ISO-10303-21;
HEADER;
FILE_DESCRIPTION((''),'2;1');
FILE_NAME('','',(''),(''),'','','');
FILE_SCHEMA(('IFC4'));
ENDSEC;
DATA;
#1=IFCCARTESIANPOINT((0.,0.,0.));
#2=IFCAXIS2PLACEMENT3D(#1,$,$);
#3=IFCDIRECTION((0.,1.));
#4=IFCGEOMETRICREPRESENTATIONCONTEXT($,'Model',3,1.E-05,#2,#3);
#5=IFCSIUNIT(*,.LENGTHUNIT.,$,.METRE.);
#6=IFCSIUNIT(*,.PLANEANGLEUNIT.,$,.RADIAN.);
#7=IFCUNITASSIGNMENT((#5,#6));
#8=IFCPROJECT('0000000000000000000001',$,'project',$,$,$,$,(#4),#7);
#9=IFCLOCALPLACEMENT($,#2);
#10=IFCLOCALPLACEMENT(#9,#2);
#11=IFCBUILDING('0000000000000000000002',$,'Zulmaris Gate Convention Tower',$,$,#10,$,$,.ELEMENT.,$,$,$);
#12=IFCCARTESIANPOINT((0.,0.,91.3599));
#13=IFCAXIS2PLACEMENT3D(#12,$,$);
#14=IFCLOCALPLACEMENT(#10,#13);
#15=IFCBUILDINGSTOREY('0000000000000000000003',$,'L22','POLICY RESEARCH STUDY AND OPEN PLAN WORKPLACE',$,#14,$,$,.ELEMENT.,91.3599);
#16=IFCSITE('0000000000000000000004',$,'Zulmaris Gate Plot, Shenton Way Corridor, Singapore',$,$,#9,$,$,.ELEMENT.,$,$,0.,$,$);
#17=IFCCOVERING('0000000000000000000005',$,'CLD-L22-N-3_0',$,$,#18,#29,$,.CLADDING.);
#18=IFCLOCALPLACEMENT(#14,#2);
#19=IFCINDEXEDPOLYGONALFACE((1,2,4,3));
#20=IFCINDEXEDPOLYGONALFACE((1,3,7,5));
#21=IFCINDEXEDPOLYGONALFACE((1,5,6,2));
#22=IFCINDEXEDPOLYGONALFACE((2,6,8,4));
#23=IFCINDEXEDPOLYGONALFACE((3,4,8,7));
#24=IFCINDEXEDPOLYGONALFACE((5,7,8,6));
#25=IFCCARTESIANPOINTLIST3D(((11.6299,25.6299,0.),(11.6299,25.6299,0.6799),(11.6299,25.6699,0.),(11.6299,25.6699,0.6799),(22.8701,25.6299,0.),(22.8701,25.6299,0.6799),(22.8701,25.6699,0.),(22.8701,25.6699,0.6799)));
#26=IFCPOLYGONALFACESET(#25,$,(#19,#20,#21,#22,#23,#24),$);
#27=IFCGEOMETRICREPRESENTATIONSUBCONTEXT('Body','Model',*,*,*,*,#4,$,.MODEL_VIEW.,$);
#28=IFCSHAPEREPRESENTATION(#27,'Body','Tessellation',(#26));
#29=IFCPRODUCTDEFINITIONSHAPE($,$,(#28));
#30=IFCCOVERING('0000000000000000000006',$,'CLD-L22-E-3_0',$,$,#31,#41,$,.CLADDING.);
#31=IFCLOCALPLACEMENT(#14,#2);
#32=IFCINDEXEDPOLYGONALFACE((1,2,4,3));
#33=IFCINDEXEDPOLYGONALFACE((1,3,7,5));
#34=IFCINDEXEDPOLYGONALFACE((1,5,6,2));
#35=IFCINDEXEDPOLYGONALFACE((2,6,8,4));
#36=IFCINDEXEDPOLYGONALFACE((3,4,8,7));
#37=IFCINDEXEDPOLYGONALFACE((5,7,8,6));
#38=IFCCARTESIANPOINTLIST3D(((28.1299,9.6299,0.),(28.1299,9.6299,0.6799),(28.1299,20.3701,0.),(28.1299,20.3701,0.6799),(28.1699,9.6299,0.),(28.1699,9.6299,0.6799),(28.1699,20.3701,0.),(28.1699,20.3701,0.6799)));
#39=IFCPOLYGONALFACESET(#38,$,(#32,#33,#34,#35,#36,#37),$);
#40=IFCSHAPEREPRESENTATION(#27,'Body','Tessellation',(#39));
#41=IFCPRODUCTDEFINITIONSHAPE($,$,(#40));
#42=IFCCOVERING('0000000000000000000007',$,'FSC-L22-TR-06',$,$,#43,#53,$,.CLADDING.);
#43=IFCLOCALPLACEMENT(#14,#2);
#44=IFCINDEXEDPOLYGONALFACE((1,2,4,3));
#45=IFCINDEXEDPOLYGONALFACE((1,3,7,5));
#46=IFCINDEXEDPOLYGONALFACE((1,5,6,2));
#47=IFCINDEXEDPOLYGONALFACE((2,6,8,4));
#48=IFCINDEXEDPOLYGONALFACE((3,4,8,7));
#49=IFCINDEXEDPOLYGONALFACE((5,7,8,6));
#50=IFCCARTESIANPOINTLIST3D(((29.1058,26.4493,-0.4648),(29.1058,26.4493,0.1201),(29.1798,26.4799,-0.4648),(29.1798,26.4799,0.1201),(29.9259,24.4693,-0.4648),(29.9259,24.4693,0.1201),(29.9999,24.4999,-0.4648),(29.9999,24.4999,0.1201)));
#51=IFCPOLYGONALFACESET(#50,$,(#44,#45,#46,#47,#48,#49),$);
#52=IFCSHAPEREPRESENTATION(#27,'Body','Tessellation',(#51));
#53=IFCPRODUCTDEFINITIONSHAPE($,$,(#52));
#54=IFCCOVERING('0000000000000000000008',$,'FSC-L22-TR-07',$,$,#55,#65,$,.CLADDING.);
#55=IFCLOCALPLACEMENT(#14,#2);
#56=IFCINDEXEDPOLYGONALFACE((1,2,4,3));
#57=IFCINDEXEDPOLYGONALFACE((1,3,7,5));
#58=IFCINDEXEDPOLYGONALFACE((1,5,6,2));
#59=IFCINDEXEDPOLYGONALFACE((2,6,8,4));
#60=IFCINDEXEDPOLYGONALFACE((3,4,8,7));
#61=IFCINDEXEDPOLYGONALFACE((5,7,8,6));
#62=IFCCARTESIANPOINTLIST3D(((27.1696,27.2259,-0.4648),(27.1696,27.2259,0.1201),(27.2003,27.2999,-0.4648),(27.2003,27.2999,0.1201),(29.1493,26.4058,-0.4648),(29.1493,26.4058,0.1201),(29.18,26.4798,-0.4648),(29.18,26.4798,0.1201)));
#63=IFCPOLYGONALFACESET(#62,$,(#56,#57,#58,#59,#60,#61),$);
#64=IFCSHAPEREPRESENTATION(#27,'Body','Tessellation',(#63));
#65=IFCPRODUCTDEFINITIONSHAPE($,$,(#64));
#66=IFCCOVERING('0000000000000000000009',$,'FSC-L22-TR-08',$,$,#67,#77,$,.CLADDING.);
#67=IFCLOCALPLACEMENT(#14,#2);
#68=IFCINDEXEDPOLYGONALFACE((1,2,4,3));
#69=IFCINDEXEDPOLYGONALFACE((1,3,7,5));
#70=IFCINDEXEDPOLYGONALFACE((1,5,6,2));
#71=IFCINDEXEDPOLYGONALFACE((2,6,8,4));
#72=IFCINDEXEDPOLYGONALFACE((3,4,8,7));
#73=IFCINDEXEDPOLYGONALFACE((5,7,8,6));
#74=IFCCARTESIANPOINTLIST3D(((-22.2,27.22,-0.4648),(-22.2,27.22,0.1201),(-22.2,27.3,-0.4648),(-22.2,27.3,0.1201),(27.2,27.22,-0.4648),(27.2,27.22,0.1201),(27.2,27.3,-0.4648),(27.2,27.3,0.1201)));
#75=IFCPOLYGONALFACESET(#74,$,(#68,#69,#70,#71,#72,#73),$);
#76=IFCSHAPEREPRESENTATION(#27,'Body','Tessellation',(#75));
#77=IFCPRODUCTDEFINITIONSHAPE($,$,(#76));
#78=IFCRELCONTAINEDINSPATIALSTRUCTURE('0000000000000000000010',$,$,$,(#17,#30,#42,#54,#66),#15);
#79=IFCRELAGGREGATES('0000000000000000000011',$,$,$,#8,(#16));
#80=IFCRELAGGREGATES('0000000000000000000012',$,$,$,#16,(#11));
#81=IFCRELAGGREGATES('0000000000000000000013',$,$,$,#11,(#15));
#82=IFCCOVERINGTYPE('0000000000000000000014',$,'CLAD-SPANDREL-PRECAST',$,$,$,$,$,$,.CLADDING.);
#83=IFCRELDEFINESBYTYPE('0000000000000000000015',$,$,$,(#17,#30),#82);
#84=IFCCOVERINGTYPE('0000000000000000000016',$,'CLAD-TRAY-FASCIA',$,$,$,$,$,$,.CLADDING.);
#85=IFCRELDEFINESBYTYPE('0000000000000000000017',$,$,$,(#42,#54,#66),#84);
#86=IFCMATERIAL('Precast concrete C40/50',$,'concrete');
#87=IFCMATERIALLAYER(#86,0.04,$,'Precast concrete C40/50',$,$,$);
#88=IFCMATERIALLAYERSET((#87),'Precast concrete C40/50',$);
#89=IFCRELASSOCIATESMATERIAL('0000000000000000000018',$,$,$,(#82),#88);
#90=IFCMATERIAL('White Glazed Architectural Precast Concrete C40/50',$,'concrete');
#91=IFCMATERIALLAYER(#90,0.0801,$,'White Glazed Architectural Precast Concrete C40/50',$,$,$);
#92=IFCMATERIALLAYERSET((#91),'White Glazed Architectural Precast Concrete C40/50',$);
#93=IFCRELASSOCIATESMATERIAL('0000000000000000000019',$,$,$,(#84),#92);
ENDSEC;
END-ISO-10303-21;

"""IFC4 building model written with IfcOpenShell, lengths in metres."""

from ifc_helpers import new_model, si_unit, direction, frame, frame_2d, origin, place, context, subcontext, project, spatial, rectangle, extrude, material, layer, layer_set, type_object, element, save


model = new_model("IFC4")

# Units and contexts
model_context = context("Model", 3, precision=1e-05, world=origin(), true_north=direction((0.0, 1.0)))
body_context = subcontext(model_context, "Body", "Model", "MODEL_VIEW")
ifc_project = project(units=[si_unit("LENGTHUNIT", "METRE"), si_unit("PLANEANGLEUNIT", "RADIAN")], contexts=[model_context])

# Site, building, storey
site_placement = place(None, origin())
site = spatial("IfcSite", under=ifc_project, at=site_placement, Name="Zulmaris Gate Plot, Shenton Way Corridor, Singapore", CompositionType="ELEMENT", RefElevation=0.0)
building_placement = place(site_placement, origin())
building = spatial("IfcBuilding", under=site, at=building_placement, Name="Zulmaris Gate Convention Tower", CompositionType="ELEMENT")
storey_placement = place(building_placement, frame((0.0, 0.0, 91.3599)))
storey = spatial("IfcBuildingStorey", under=building, at=storey_placement, Name="L22", Description="POLICY RESEARCH STUDY AND OPEN PLAN WORKPLACE", CompositionType="ELEMENT", Elevation=91.3599)

# Shared definitions
ifc_material_1 = material(Name="Precast concrete C40/50", Category="concrete")

# Coverings
ifc_layer_1 = layer(ifc_material_1, 0.04, Name="Precast concrete C40/50")
ifc_layer_set_1 = layer_set([ifc_layer_1], Name="Precast concrete C40/50")
covering_type_1 = type_object("IfcCoveringType", Name="CLAD-SPANDREL-PRECAST", PredefinedType="CLADDING", material=ifc_layer_set_1)
covering_1_placement = place(storey_placement, frame((22.8701, 25.6499, 0.0), z_axis=(0.0, 0.0, 1.0), x_axis=(-1.0, 0.0, 0.0)))
element("IfcCovering", 1, at=covering_1_placement, inside=storey, type_object=covering_type_1, Name="CLD-L22-N-3_0", PredefinedType="CLADDING", context=body_context, shape_type="SweptSolid", body=[
    extrude(rectangle(XDim=11.2402, YDim=0.04, at=frame_2d((5.6201, 0.0))), origin(), (0.0, 0.0, 1.0), 0.6799),
])
covering_2_placement = place(storey_placement, frame((28.1499, 9.6299, 0.0), z_axis=(0.0, 0.0, 1.0), x_axis=(0.0, 1.0, 0.0)))
element("IfcCovering", 2, at=covering_2_placement, inside=storey, type_object=covering_type_1, Name="CLD-L22-E-3_0", PredefinedType="CLADDING", context=body_context, shape_type="SweptSolid", body=[
    extrude(rectangle(XDim=10.7402, YDim=0.04, at=frame_2d((5.3701, 0.0))), origin(), (0.0, 0.0, 1.0), 0.6799),
])
ifc_material_2 = material(Name="White Glazed Architectural Precast Concrete C40/50", Category="concrete")
ifc_layer_2 = layer(ifc_material_2, 0.0801, Name="White Glazed Architectural Precast Concrete C40/50")
ifc_layer_set_2 = layer_set([ifc_layer_2], Name="White Glazed Architectural Precast Concrete C40/50")
covering_type_2 = type_object("IfcCoveringType", Name="CLAD-TRAY-FASCIA", PredefinedType="CLADDING", material=ifc_layer_set_2)
covering_3_placement = place(storey_placement, frame((29.9629, 24.4846, -0.4648), z_axis=(0.0, 0.0, 1.0), x_axis=(-0.382657, 0.92389, 0.0)))
element("IfcCovering", 3, at=covering_3_placement, inside=storey, type_object=covering_type_2, Name="FSC-L22-TR-06", PredefinedType="CLADDING", context=body_context, shape_type="SweptSolid", body=[
    extrude(rectangle(XDim=2.1431, YDim=0.0801, at=frame_2d((1.0715, 0.0))), origin(), (0.0, 0.0, 1.0), 0.585),
])
covering_4_placement = place(storey_placement, frame((29.1646, 26.4429, -0.4648), z_axis=(0.0, 0.0, 1.0), x_axis=(-0.923874, 0.382697, 0.0)))
element("IfcCovering", 4, at=covering_4_placement, inside=storey, type_object=covering_type_2, Name="FSC-L22-TR-07", PredefinedType="CLADDING", context=body_context, shape_type="SweptSolid", body=[
    extrude(rectangle(XDim=2.1428, YDim=0.0801, at=frame_2d((1.0713, 0.0))), origin(), (0.0, 0.0, 1.0), 0.585),
])
covering_5_placement = place(storey_placement, frame((27.2, 27.26, -0.4648), z_axis=(0.0, 0.0, 1.0), x_axis=(-1.0, 0.0, 0.0)))
element("IfcCovering", 5, at=covering_5_placement, inside=storey, type_object=covering_type_2, Name="FSC-L22-TR-08", PredefinedType="CLADDING", context=body_context, shape_type="SweptSolid", body=[
    extrude(rectangle(XDim=49.3999, YDim=0.0801, at=frame_2d((24.7, 0.0))), origin(), (0.0, 0.0, 1.0), 0.585),
])

save(model, "model.ifc")
